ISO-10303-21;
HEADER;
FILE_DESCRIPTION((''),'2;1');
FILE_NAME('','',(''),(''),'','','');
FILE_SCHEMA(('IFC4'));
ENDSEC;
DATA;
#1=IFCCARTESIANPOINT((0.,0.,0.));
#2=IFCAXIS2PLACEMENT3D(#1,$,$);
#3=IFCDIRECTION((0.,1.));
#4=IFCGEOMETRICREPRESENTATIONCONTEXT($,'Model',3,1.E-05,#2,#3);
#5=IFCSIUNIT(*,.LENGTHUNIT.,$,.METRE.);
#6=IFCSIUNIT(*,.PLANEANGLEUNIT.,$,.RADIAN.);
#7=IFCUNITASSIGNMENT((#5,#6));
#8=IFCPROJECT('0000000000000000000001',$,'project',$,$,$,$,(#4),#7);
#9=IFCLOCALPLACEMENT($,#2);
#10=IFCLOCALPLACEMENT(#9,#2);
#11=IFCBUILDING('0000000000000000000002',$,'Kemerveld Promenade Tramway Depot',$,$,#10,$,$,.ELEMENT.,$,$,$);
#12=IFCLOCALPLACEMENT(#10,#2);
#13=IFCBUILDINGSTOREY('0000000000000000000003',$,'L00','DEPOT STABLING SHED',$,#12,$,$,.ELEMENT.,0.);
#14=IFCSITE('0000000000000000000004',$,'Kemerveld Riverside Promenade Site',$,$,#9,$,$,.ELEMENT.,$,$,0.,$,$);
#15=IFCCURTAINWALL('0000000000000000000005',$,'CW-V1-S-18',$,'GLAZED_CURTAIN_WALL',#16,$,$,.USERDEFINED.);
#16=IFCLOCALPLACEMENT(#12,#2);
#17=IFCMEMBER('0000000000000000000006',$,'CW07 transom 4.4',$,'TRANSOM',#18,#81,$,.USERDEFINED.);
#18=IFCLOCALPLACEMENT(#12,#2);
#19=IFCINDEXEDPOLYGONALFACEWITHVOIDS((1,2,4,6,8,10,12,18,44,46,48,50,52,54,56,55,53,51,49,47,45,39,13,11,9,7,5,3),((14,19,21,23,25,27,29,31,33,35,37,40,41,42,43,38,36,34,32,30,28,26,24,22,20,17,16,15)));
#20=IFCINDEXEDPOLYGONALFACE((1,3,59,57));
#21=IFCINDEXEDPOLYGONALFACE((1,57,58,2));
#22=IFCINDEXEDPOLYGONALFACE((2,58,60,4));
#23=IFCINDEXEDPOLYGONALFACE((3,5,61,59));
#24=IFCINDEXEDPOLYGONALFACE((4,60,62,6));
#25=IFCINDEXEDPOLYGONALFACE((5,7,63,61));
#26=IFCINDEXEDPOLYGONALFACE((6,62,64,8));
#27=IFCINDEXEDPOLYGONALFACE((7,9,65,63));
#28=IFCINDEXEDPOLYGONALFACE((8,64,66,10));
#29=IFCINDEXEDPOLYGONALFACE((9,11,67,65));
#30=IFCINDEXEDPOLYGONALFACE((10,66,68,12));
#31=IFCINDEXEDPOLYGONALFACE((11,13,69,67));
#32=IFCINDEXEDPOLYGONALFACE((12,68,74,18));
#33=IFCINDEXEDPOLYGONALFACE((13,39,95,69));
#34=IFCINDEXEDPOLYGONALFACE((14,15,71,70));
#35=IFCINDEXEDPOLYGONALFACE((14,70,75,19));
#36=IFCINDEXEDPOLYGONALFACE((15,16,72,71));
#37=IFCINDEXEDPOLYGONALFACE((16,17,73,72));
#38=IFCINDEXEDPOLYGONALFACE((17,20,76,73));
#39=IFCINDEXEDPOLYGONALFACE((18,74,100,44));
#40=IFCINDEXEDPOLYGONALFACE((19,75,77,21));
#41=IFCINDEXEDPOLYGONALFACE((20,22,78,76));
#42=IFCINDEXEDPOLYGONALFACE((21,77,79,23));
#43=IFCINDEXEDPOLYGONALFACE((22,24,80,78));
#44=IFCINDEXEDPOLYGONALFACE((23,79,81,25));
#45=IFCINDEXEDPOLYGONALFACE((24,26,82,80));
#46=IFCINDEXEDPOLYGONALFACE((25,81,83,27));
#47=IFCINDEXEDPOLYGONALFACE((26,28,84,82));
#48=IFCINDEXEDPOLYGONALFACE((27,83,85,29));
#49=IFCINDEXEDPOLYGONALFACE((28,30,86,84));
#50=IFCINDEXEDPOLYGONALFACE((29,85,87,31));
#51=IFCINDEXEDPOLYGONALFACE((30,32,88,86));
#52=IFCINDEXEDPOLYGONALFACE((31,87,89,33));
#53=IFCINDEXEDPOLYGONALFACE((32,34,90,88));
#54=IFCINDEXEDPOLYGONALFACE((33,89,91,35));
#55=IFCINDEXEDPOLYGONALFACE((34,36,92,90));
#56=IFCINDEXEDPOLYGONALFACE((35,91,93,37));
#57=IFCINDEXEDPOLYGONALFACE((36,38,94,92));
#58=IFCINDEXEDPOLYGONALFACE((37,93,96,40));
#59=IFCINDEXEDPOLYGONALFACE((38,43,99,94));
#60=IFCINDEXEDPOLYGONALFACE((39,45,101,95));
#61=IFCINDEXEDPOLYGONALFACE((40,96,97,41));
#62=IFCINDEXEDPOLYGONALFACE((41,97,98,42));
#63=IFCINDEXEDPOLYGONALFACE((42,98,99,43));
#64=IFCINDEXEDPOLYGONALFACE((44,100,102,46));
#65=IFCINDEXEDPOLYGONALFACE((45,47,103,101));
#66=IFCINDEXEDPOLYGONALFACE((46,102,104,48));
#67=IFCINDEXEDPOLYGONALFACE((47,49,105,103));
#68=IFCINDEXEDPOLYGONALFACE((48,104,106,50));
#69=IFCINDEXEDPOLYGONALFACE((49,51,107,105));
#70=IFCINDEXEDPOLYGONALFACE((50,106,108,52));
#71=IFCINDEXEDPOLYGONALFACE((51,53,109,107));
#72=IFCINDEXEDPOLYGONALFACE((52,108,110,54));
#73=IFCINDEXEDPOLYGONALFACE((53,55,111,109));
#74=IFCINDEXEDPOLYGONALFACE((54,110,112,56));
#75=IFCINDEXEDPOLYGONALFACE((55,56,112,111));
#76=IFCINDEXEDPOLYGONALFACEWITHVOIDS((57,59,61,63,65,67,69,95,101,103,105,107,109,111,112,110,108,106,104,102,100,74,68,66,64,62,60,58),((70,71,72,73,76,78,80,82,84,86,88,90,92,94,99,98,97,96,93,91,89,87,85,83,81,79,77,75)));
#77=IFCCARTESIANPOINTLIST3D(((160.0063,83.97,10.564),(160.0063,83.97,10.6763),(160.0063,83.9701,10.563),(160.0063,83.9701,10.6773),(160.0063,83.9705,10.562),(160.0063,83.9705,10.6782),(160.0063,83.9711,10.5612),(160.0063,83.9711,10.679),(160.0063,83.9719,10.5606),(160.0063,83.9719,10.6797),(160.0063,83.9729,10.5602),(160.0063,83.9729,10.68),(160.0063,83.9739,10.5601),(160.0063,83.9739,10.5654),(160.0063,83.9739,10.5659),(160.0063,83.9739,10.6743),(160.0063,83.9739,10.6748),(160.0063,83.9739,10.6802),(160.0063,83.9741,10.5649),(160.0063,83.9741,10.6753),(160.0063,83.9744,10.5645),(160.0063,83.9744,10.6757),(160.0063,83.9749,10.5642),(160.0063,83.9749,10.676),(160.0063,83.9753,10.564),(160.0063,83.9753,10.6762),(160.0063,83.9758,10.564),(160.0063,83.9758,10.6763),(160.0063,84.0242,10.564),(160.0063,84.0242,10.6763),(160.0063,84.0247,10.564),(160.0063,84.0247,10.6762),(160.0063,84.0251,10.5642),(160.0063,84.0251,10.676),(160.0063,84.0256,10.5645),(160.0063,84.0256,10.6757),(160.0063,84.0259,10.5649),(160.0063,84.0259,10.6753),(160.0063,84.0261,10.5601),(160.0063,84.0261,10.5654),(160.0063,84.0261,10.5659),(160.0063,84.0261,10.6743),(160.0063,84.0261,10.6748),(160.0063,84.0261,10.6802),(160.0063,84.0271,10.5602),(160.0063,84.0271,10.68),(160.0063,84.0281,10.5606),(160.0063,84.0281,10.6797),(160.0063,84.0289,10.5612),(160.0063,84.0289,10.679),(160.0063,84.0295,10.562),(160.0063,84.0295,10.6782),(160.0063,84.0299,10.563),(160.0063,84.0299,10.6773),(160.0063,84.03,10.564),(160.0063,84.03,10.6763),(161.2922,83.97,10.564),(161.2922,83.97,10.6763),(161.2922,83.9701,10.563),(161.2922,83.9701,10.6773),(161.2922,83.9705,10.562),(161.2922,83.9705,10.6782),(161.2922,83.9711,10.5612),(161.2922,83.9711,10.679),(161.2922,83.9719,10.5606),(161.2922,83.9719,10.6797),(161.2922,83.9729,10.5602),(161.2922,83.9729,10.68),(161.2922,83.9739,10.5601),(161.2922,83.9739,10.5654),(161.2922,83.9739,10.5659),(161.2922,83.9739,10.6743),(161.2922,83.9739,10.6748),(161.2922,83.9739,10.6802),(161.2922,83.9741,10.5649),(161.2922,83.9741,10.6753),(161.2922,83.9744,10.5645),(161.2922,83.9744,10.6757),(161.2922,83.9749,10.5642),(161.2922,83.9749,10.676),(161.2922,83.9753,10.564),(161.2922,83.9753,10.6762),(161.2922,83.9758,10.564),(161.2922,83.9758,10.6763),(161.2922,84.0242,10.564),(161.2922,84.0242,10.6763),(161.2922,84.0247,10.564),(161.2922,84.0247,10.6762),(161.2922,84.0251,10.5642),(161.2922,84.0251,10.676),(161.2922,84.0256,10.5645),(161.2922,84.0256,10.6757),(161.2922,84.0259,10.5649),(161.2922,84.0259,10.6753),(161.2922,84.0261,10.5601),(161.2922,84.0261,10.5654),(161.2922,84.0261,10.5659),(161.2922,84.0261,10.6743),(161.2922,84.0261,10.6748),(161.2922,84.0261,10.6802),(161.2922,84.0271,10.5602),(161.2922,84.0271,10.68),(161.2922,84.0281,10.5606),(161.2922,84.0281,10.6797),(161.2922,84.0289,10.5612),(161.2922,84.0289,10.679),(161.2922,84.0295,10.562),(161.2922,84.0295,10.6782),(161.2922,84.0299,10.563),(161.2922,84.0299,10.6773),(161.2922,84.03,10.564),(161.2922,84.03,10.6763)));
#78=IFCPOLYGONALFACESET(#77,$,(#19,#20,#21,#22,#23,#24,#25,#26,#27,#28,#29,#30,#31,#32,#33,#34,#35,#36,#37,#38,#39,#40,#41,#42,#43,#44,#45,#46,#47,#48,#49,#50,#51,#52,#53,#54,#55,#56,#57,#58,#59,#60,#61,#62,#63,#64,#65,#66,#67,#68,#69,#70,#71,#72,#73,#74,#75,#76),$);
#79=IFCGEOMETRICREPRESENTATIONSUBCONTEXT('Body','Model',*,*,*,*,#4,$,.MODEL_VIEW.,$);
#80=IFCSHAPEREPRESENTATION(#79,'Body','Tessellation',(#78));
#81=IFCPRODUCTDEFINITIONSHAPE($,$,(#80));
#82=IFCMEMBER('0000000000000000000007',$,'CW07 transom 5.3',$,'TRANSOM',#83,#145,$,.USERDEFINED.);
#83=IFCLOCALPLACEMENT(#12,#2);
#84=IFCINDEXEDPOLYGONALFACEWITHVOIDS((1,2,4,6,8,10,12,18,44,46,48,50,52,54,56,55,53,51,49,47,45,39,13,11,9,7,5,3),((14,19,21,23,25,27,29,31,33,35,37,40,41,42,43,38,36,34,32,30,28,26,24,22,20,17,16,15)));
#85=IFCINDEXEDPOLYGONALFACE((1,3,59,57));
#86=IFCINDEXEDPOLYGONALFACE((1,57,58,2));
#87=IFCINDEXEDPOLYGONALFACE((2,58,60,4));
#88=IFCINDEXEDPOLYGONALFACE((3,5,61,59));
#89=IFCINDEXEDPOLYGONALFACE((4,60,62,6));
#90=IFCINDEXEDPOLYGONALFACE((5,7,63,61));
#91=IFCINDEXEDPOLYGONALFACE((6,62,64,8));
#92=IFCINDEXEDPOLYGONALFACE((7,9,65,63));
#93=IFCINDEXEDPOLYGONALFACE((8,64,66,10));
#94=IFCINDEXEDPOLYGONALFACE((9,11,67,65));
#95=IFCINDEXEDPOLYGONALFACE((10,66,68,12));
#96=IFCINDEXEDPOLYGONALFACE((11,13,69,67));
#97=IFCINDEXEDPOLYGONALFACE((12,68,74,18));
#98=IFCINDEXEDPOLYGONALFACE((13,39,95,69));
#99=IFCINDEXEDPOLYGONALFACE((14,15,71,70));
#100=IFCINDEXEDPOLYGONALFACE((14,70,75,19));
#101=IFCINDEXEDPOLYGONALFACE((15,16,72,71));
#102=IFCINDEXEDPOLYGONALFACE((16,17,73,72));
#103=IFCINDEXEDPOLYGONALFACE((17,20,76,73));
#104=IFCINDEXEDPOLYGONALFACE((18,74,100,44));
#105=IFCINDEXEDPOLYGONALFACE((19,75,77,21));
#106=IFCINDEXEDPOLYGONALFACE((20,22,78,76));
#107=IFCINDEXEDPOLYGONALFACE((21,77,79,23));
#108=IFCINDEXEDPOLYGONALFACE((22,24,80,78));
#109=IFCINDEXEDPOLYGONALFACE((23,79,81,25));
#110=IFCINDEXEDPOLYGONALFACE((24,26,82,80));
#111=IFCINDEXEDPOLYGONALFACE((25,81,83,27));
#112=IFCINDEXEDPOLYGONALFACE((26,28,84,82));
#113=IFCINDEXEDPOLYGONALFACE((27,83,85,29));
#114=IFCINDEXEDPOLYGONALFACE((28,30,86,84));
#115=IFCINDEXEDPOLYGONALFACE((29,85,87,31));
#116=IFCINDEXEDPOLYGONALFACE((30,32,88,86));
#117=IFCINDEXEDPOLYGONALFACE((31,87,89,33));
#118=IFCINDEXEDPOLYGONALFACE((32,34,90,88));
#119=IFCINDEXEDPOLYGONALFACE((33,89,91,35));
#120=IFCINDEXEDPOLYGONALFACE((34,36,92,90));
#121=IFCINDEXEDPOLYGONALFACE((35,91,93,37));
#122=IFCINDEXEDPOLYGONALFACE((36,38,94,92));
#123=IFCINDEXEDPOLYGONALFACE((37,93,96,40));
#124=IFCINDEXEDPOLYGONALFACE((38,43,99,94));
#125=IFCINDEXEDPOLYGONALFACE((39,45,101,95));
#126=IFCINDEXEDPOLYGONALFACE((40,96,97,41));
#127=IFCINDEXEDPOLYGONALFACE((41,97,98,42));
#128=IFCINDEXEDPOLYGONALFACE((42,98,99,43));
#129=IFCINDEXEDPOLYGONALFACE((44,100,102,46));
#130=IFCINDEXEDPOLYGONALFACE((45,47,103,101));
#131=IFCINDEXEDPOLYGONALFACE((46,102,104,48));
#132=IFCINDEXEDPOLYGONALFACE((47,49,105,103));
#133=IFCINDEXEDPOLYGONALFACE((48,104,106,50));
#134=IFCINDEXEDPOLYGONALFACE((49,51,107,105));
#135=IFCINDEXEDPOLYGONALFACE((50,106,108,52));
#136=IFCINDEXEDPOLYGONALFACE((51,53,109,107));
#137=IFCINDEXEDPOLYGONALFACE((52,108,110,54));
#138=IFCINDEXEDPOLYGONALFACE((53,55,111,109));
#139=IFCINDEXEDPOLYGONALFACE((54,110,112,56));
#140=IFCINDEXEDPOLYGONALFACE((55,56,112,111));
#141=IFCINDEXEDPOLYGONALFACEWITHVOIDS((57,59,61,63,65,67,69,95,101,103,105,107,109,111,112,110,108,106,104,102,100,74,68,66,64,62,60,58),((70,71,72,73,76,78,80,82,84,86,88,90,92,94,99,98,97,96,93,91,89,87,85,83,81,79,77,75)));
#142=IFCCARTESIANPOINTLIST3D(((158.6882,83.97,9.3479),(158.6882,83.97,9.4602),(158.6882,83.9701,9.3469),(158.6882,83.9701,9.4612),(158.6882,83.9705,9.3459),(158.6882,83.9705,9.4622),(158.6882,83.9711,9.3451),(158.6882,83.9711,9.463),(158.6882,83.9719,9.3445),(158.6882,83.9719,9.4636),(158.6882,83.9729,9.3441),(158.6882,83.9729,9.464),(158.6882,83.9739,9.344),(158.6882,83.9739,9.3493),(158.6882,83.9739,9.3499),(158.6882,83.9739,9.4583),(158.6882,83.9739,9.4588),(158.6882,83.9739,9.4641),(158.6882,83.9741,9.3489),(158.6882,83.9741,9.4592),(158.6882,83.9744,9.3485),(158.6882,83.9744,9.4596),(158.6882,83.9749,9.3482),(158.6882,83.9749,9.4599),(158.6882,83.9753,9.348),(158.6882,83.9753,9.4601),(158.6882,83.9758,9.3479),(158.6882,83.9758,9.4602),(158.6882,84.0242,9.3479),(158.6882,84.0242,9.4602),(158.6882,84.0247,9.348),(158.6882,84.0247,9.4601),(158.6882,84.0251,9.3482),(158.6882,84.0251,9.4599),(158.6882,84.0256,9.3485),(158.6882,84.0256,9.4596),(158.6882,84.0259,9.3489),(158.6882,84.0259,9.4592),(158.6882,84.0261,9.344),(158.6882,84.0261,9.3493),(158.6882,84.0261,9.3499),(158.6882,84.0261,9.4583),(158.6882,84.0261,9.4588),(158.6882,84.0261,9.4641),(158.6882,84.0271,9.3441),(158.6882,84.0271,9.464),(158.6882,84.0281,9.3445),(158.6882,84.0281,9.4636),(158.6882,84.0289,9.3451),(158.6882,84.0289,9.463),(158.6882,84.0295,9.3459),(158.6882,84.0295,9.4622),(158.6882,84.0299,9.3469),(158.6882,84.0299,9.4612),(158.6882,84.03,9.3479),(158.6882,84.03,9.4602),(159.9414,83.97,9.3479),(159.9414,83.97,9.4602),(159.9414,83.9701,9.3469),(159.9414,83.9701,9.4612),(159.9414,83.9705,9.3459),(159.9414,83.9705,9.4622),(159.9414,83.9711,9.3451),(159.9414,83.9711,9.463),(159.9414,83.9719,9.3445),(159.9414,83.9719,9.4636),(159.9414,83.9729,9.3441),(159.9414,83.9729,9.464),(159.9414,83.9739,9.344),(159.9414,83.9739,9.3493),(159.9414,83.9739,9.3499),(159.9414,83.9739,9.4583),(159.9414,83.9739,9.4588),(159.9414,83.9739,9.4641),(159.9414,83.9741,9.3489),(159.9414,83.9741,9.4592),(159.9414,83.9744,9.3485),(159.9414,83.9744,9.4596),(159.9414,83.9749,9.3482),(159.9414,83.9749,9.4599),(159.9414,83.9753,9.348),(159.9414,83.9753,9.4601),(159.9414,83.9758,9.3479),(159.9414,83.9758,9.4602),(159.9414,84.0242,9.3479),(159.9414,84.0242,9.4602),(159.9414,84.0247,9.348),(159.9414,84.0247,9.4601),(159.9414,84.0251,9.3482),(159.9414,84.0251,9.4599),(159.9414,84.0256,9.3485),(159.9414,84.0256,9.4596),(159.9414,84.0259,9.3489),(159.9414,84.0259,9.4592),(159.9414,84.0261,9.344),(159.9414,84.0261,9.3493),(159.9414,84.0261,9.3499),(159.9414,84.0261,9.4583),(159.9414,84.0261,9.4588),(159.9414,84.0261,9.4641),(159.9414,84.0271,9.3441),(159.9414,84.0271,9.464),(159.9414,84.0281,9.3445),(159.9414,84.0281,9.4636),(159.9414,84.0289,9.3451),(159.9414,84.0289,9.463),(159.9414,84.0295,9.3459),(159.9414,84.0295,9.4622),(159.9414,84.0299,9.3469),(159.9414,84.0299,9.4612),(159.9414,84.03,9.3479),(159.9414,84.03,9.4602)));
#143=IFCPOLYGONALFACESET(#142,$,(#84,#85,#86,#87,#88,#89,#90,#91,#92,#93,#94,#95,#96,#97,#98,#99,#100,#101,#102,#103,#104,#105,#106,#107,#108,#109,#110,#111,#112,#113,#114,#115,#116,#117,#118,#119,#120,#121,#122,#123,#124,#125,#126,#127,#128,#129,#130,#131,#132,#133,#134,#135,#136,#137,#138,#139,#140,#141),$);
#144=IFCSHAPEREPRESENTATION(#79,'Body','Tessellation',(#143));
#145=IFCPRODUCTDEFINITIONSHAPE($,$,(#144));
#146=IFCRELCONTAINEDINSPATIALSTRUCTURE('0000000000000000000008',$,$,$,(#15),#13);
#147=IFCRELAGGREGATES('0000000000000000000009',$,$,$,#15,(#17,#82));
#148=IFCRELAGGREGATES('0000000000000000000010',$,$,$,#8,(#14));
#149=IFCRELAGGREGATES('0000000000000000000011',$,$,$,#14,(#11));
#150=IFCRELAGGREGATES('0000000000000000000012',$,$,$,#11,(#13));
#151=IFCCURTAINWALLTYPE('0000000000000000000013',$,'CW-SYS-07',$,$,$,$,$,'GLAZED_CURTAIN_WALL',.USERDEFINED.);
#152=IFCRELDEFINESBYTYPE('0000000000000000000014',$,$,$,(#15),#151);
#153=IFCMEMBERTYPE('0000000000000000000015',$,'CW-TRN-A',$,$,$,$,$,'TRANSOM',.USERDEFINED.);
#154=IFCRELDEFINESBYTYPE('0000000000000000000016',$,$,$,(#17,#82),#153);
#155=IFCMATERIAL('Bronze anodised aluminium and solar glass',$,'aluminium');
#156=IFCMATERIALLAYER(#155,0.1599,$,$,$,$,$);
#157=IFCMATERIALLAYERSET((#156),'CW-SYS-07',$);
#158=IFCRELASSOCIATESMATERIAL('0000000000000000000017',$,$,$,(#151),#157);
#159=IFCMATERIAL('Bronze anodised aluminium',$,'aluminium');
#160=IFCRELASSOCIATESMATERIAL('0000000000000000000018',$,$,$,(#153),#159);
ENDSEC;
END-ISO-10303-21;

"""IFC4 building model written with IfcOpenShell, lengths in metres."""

from ifc_helpers import new_model, si_unit, direction, frame, origin, origin_2d, place, context, subcontext, project, spatial, hollow_rectangle, extrude, material, layer, layer_set, material_profile, profile_set, type_object, element, aggregate, save


model = new_model("IFC4")

# Units and contexts
model_context = context("Model", 3, precision=1e-05, world=origin(), true_north=direction((0.0, 1.0)))
body_context = subcontext(model_context, "Body", "Model", "MODEL_VIEW")
ifc_project = project(units=[si_unit("LENGTHUNIT", "METRE"), si_unit("PLANEANGLEUNIT", "RADIAN")], contexts=[model_context])

# Site, building, storey
site_placement = place(None, origin())
site = spatial("IfcSite", under=ifc_project, at=site_placement, Name="Kemerveld Riverside Promenade Site", CompositionType="ELEMENT", RefElevation=0.0)
building_placement = place(site_placement, origin())
building = spatial("IfcBuilding", under=site, at=building_placement, Name="Kemerveld Promenade Tramway Depot", CompositionType="ELEMENT")
storey_placement = place(building_placement, origin())
storey = spatial("IfcBuildingStorey", under=building, at=storey_placement, Name="L00", Description="DEPOT STABLING SHED", CompositionType="ELEMENT", Elevation=0.0)

# Curtain wall, members
ifc_material_1 = material(Name="Bronze anodised aluminium and solar glass", Category="aluminium")
ifc_layer_1 = layer(ifc_material_1, 0.1599)
ifc_layer_set_1 = layer_set([ifc_layer_1], Name="CW-SYS-07")
curtain_wall_type_1 = type_object("IfcCurtainWallType", Name="CW-SYS-07", ElementType="GLAZED_CURTAIN_WALL", PredefinedType="USERDEFINED", material=ifc_layer_set_1)
curtain_wall_1_placement = place(storey_placement, origin())
curtain_wall_1 = element("IfcCurtainWall", 1, at=curtain_wall_1_placement, inside=storey, type_object=curtain_wall_type_1, Name="CW-V1-S-18", ObjectType="GLAZED_CURTAIN_WALL", PredefinedType="USERDEFINED")
ifc_material_2 = material(Name="Bronze anodised aluminium", Category="aluminium")
ifc_material_profile_1 = material_profile(ifc_material_2, hollow_rectangle(XDim=0.0601, YDim=0.1201, WallThickness=0.0039, InnerFilletRadius=0.002, OuterFilletRadius=0.0039, at=origin_2d()), Name="CW-TRN-120x60")
ifc_profile_set_1 = profile_set([ifc_material_profile_1], Name="Bronze anodised aluminium")
member_type_1 = type_object("IfcMemberType", Name="CW-TRN-A", ElementType="TRANSOM", PredefinedType="USERDEFINED", material=ifc_profile_set_1)
member_1_placement = place(storey_placement, frame((161.2922, 84.0, 10.6201), z_axis=(-1.0, 0.0, 0.0), x_axis=(0.0, -1.0, 0.0)))
member_1 = element("IfcMember", 2, at=member_1_placement, type_object=member_type_1, Name="CW07 transom 4.4", ObjectType="TRANSOM", PredefinedType="USERDEFINED", context=body_context, shape_type="SweptSolid", body=[
    extrude(hollow_rectangle(XDim=0.0601, YDim=0.1201, WallThickness=0.0039, InnerFilletRadius=0.002, OuterFilletRadius=0.0039, at=origin_2d()), origin(), (0.0, 0.0, 1.0), 1.2859),
])
member_2_placement = place(storey_placement, frame((159.9414, 84.0, 9.4041), z_axis=(-1.0, 0.0, 0.0), x_axis=(0.0, -1.0, 0.0)))
member_2 = element("IfcMember", 3, at=member_2_placement, type_object=member_type_1, Name="CW07 transom 5.3", ObjectType="TRANSOM", PredefinedType="USERDEFINED", context=body_context, shape_type="SweptSolid", body=[
    extrude(hollow_rectangle(XDim=0.0601, YDim=0.1201, WallThickness=0.0039, InnerFilletRadius=0.002, OuterFilletRadius=0.0039, at=origin_2d()), origin(), (0.0, 0.0, 1.0), 1.2532),
])

aggregate(curtain_wall_1, [member_1, member_2])

save(model, "model.ifc")
